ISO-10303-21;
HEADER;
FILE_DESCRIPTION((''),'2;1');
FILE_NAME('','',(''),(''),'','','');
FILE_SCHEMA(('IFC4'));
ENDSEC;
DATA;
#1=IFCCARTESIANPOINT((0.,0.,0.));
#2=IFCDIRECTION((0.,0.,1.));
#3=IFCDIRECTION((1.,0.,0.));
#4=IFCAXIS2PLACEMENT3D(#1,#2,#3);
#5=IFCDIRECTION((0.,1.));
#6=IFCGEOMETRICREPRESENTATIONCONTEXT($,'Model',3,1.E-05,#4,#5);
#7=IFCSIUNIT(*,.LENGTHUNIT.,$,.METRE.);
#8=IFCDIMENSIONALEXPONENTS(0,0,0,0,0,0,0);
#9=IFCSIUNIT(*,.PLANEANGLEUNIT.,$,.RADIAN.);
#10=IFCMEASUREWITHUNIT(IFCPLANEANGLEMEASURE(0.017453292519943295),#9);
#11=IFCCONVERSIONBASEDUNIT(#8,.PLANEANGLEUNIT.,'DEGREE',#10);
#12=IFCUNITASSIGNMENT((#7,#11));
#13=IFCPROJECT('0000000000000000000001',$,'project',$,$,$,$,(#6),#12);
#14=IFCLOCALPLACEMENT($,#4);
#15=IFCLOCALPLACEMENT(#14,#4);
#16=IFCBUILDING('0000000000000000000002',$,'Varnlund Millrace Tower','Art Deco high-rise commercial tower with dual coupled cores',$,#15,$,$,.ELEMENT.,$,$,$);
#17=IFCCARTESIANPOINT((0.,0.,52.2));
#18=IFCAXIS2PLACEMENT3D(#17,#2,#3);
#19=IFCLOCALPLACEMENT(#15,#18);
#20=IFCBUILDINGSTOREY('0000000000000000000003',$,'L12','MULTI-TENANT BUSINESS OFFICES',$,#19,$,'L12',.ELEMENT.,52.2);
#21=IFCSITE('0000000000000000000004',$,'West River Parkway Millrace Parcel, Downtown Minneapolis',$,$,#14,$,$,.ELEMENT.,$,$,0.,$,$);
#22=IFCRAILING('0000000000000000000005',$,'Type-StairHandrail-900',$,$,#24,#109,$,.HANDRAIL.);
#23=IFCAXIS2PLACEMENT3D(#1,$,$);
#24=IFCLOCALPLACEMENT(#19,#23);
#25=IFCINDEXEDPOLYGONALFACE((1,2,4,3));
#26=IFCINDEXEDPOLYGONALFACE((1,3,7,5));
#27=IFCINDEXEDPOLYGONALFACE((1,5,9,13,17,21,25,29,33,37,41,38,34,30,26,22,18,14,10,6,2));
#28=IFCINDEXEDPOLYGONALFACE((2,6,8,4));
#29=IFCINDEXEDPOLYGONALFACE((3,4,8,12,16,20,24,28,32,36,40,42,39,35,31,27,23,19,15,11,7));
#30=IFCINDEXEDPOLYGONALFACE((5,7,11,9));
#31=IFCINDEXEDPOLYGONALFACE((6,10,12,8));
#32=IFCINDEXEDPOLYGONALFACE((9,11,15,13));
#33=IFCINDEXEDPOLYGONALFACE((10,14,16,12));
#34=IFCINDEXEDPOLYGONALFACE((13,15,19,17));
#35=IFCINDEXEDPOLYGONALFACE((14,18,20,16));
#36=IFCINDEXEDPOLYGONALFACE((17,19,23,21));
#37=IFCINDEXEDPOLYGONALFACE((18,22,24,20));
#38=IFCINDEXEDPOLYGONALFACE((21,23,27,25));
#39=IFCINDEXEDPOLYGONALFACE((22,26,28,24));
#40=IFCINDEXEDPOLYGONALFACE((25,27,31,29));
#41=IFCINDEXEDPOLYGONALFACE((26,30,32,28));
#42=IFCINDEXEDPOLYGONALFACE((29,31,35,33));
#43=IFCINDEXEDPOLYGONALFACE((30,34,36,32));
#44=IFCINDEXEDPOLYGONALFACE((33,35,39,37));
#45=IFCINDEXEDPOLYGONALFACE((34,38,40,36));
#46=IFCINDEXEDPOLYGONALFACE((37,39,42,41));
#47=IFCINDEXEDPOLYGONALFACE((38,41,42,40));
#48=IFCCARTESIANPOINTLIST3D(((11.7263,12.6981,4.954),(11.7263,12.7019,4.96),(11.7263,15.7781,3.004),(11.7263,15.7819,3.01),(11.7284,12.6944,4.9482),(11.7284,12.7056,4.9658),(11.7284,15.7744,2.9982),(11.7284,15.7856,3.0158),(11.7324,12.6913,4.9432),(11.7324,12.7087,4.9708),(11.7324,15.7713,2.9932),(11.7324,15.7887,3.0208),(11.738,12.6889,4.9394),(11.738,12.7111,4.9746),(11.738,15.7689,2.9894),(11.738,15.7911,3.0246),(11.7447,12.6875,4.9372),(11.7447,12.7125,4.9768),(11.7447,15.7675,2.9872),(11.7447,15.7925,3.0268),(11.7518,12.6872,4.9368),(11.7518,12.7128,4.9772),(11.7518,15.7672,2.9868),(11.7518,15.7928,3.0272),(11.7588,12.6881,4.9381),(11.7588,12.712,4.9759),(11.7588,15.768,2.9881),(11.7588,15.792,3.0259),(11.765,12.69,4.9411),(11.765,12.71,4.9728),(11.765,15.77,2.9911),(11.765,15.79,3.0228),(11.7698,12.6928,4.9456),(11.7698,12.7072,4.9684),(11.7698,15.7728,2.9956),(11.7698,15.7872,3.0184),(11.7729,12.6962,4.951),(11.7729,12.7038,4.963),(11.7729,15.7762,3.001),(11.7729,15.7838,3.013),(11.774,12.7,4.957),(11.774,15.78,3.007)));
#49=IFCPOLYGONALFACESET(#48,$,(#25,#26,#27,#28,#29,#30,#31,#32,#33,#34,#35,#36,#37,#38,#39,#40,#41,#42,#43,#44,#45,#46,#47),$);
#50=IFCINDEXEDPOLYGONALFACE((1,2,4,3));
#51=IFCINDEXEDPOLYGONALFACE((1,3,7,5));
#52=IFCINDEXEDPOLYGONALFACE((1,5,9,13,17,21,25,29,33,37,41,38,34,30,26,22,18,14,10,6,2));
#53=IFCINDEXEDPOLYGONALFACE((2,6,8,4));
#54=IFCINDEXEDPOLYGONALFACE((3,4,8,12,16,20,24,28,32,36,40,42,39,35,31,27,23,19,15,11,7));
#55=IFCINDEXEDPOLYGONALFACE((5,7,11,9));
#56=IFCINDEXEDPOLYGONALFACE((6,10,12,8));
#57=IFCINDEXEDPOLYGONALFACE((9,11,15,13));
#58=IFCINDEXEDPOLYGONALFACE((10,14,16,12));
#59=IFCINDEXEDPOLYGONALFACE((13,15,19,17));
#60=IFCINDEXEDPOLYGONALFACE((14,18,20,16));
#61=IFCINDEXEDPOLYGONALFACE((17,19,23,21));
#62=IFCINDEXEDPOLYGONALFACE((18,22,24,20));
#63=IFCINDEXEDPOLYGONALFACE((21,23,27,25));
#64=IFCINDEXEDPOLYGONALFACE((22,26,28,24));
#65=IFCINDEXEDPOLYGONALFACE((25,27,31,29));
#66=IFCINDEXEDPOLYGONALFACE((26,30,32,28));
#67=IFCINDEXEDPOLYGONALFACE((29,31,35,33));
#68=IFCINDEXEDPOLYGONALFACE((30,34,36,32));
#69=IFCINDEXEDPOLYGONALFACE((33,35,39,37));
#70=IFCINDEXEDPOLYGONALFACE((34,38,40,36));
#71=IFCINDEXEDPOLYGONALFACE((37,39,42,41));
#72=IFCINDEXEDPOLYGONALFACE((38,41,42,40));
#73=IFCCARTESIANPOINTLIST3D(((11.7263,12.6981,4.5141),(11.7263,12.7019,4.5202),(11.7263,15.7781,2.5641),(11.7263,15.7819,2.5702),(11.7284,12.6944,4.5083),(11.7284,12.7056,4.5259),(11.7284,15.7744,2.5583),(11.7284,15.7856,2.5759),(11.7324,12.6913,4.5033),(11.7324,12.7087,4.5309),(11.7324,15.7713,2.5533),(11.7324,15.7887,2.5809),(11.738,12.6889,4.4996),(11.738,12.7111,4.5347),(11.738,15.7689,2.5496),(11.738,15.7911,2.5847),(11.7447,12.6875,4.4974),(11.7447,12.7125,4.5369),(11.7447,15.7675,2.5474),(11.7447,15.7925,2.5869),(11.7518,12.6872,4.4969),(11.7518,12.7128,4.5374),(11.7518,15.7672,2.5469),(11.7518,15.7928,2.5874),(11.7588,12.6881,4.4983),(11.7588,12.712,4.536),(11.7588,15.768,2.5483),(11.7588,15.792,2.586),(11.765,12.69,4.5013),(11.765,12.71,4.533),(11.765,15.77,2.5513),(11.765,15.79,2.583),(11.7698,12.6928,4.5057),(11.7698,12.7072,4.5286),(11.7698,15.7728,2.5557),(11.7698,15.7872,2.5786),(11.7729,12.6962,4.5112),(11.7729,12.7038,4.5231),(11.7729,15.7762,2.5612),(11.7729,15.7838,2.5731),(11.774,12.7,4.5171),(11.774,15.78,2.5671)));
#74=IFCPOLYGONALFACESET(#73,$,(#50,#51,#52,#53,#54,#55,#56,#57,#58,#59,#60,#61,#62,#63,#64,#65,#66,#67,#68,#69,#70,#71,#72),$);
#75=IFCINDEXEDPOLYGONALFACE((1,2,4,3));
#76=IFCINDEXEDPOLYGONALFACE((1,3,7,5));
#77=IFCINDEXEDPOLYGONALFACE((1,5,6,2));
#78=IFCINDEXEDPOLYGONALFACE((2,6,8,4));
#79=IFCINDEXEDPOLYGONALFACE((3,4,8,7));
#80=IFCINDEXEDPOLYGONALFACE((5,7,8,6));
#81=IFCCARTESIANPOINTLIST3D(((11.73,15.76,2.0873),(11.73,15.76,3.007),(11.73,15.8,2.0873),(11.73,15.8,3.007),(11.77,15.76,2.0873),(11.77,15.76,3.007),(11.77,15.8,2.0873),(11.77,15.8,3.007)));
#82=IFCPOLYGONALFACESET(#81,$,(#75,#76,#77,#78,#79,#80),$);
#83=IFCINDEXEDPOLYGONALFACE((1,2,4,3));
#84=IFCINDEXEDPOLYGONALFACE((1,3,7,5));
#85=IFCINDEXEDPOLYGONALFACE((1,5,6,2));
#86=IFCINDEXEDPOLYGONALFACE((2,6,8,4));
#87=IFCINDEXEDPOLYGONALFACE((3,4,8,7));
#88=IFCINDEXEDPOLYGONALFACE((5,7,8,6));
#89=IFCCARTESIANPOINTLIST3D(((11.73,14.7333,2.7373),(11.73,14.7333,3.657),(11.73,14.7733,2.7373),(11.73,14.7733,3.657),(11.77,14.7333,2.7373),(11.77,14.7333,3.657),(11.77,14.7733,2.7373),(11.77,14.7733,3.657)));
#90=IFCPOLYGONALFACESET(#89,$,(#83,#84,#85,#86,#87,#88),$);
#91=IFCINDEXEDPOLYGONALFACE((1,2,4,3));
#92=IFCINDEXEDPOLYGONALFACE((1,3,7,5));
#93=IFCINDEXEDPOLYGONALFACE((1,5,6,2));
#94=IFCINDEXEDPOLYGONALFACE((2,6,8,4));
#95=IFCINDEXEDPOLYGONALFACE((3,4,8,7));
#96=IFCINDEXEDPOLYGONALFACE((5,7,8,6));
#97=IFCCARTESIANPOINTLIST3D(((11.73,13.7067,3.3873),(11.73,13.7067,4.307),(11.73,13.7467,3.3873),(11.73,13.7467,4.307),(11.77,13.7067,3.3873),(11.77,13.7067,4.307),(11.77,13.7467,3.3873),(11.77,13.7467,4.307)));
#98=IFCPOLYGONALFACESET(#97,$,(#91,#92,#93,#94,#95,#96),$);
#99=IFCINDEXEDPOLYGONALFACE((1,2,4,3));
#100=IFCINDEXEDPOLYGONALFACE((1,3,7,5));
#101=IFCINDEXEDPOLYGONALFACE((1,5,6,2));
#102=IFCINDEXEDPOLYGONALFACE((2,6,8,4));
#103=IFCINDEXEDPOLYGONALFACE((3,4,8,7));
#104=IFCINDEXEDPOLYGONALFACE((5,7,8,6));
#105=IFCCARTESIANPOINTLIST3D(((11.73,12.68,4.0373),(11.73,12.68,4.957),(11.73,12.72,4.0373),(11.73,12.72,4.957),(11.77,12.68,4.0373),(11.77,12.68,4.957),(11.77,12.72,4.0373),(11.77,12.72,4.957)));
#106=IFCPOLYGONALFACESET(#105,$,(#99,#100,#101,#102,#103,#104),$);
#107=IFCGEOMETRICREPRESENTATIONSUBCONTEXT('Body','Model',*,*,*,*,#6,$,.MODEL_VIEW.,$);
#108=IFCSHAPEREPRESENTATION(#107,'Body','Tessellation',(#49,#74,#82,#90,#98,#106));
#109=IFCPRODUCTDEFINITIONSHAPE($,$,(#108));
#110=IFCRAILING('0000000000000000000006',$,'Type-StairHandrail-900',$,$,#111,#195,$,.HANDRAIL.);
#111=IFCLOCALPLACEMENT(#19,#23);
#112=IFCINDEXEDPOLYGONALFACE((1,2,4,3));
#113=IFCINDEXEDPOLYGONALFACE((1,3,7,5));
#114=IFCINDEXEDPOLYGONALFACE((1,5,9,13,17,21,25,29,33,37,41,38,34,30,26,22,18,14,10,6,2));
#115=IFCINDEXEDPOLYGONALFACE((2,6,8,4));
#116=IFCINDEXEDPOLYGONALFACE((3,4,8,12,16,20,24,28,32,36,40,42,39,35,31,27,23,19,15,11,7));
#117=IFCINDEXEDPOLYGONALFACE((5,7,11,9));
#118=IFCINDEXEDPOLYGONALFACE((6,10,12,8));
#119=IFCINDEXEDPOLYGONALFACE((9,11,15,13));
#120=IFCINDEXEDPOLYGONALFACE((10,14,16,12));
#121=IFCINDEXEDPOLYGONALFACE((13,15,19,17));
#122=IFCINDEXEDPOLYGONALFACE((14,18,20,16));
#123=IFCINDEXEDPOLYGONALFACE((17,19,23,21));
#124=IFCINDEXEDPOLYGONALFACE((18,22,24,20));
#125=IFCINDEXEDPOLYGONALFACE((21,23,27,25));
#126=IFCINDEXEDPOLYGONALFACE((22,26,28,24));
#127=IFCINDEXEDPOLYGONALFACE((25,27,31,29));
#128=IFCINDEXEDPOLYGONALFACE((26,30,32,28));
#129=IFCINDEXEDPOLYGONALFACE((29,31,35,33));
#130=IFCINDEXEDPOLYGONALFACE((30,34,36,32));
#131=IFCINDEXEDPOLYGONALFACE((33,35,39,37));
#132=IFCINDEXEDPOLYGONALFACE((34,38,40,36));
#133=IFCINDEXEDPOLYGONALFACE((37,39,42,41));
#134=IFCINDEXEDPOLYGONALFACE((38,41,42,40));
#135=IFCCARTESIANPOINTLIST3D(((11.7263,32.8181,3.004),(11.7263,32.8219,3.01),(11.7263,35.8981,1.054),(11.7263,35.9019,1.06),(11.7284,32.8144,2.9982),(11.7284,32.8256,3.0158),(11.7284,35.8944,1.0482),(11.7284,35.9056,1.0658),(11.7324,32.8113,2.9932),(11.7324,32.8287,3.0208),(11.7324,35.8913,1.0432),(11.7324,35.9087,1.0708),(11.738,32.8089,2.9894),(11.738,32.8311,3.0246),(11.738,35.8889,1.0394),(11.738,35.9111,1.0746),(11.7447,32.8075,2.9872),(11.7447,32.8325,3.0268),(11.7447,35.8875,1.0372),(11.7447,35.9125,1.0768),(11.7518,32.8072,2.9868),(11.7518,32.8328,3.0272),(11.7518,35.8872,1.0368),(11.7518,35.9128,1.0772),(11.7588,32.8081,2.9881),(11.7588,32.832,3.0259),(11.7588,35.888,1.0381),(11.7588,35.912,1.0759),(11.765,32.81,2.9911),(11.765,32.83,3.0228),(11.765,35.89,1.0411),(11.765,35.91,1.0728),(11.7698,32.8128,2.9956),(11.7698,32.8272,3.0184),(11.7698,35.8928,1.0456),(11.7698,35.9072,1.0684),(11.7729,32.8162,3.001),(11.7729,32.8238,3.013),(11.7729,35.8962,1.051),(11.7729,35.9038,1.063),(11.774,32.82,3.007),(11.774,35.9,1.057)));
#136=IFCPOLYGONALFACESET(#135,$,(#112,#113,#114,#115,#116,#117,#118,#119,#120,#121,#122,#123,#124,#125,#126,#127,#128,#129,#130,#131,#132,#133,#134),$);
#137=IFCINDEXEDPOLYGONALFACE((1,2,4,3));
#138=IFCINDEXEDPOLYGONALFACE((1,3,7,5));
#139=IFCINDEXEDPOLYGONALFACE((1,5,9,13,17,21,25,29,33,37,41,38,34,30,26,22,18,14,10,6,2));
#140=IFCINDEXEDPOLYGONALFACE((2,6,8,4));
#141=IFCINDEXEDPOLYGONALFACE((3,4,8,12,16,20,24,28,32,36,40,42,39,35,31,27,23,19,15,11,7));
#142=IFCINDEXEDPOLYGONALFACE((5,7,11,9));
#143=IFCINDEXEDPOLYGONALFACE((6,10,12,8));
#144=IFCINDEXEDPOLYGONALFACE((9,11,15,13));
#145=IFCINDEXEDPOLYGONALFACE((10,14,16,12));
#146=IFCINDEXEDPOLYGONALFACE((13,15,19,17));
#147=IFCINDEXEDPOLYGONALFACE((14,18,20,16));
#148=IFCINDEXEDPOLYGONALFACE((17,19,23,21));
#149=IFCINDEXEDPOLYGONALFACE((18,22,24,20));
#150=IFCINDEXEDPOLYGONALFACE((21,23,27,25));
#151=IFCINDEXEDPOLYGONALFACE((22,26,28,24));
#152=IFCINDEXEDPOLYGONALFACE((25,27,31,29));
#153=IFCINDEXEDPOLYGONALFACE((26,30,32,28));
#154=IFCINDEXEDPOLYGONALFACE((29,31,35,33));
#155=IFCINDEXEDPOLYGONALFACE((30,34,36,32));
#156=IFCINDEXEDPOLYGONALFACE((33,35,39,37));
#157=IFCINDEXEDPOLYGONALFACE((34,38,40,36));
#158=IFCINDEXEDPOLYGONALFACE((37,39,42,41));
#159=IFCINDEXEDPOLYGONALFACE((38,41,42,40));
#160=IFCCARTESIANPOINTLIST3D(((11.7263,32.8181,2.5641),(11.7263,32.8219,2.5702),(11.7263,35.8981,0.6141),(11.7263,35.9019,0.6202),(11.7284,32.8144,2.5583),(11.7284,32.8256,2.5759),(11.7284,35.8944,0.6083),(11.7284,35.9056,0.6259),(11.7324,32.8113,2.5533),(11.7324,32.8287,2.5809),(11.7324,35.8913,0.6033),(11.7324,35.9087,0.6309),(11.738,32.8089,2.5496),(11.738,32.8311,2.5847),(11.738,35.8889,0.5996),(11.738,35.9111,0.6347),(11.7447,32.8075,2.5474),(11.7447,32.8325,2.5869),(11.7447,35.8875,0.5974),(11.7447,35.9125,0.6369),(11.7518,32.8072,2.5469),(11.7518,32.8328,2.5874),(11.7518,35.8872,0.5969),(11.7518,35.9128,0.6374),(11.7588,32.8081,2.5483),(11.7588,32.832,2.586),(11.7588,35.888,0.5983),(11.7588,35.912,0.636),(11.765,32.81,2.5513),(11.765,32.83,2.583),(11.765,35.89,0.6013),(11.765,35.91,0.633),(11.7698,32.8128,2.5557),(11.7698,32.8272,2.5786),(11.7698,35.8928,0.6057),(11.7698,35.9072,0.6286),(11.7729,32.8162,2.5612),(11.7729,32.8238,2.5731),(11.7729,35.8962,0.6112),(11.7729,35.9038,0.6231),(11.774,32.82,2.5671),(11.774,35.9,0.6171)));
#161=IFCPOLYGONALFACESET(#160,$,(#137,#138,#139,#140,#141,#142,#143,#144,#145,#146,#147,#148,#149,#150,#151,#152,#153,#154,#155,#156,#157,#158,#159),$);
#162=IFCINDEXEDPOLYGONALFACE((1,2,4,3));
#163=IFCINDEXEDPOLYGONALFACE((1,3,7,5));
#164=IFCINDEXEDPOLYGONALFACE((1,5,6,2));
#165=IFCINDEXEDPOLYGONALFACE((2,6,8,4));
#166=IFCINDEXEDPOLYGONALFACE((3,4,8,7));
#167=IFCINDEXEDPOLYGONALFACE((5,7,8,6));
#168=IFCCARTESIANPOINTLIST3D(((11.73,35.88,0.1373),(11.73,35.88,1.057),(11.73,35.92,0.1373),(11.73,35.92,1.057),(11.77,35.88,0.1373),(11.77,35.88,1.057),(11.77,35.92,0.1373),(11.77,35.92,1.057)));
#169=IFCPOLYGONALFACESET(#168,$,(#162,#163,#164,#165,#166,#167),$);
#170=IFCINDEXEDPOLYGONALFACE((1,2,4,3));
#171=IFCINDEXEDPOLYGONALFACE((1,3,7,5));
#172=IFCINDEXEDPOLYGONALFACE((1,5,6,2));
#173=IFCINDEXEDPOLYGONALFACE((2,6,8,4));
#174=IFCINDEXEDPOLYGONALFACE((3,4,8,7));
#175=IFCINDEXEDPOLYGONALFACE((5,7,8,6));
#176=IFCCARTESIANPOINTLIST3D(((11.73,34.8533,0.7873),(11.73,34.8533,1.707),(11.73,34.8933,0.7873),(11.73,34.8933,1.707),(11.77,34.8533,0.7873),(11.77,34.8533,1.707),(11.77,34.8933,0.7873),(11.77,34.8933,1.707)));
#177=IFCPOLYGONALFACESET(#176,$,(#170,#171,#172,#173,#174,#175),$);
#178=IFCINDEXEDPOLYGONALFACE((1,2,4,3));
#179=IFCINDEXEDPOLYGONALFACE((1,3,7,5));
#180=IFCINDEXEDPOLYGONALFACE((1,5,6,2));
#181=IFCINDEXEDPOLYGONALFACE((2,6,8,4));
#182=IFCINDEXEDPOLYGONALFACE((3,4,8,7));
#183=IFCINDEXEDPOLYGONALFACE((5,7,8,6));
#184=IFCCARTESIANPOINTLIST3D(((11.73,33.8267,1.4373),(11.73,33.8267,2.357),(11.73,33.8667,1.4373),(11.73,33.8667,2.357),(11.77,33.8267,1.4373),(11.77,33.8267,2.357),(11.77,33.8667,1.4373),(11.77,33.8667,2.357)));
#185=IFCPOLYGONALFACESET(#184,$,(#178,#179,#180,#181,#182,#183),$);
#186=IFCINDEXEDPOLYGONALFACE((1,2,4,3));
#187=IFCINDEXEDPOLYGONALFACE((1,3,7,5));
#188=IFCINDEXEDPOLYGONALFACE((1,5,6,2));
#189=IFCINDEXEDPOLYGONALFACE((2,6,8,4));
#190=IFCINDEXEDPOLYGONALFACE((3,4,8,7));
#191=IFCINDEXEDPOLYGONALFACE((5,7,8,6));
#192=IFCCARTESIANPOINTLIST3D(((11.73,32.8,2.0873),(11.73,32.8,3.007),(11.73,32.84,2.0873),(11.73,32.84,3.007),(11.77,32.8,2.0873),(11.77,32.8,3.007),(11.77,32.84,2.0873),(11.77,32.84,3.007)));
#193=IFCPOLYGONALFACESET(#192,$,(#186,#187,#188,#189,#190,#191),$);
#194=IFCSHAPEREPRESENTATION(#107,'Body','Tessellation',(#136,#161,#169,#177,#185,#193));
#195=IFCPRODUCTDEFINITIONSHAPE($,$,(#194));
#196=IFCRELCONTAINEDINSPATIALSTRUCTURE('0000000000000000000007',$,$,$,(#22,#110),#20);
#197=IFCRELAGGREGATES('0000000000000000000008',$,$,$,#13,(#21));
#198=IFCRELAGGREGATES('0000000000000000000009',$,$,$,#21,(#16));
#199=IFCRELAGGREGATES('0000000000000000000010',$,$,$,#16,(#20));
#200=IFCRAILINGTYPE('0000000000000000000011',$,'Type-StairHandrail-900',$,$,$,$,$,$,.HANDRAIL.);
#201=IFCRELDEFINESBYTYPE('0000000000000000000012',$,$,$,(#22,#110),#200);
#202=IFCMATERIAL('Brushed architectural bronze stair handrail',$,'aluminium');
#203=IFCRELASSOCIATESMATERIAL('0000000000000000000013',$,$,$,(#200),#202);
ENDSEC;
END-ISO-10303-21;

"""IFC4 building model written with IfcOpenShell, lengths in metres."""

from ifc_helpers import new_model, entity, si_unit, converted_unit, direction, frame, origin_with_axes, origin_2d_with_axis, place, context, subcontext, project, spatial, rectangle, circle, extrude, material, type_object, element, save


model = new_model("IFC4")

# Units and contexts
model_context = context("Model", 3, precision=1e-05, world=origin_with_axes(), true_north=direction((0.0, 1.0)))
body_context = subcontext(model_context, "Body", "Model", "MODEL_VIEW")
ifc_project = project(units=[si_unit("LENGTHUNIT", "METRE"), converted_unit("PLANEANGLEUNIT", "DEGREE", entity("IfcPlaneAngleMeasure", 0.017453292519943295), si_unit("PLANEANGLEUNIT", "RADIAN"), dimensions=[0, 0, 0, 0, 0, 0, 0])], contexts=[model_context])

# Site, building, storey
site_placement = place(None, origin_with_axes())
site = spatial("IfcSite", under=ifc_project, at=site_placement, Name="West River Parkway Millrace Parcel, Downtown Minneapolis", CompositionType="ELEMENT", RefElevation=0.0)
building_placement = place(site_placement, origin_with_axes())
building = spatial("IfcBuilding", under=site, at=building_placement, Name="Varnlund Millrace Tower", Description="Art Deco high-rise commercial tower with dual coupled cores", CompositionType="ELEMENT")
storey_placement = place(building_placement, frame((0.0, 0.0, 52.2), z_axis=(0.0, 0.0, 1.0), x_axis=(1.0, 0.0, 0.0)))
storey = spatial("IfcBuildingStorey", under=building, at=storey_placement, Name="L12", Description="MULTI-TENANT BUSINESS OFFICES", LongName="L12", CompositionType="ELEMENT", Elevation=52.2)

# Railings
ifc_material_1 = material(Name="Brushed architectural bronze stair handrail", Category="aluminium")
railing_type_1 = type_object("IfcRailingType", Name="Type-StairHandrail-900", PredefinedType="HANDRAIL", material=ifc_material_1)
railing_1_placement = place(storey_placement, frame((0.0, 0.0, -52.2), z_axis=(0.0, 0.0, 1.0), x_axis=(1.0, 0.0, 0.0)))
element("IfcRailing", 1, at=railing_1_placement, inside=storey, type_object=railing_type_1, Name="Type-StairHandrail-900", PredefinedType="HANDRAIL", context=body_context, shape_type="SweptSolid", body=[
    extrude(circle(Radius=0.024, at=origin_2d_with_axis()), frame((11.75, 15.78, 55.207), z_axis=(0.0, -0.844902, 0.534922), x_axis=(1.0, 0.0, 0.0)), (0.0, 0.0, 1.0), 3.6454),
    extrude(circle(Radius=0.024, at=origin_2d_with_axis()), frame((11.75, 15.78, 54.7671), z_axis=(0.0, -0.844902, 0.534922), x_axis=(1.0, 0.0, 0.0)), (0.0, 0.0, 1.0), 3.6454),
    extrude(rectangle(XDim=0.04, YDim=0.04, at=origin_2d_with_axis()), frame((11.75, 15.78, 54.2873), z_axis=(0.0, 0.0, 1.0), x_axis=(1.0, 0.0, 0.0)), (0.0, 0.0, 1.0), 0.9197),
    extrude(rectangle(XDim=0.04, YDim=0.04, at=origin_2d_with_axis()), frame((11.75, 14.7533, 54.9373), z_axis=(0.0, 0.0, 1.0), x_axis=(1.0, 0.0, 0.0)), (0.0, 0.0, 1.0), 0.9197),
    extrude(rectangle(XDim=0.04, YDim=0.04, at=origin_2d_with_axis()), frame((11.75, 13.7267, 55.5873), z_axis=(0.0, 0.0, 1.0), x_axis=(1.0, 0.0, 0.0)), (0.0, 0.0, 1.0), 0.9197),
    extrude(rectangle(XDim=0.04, YDim=0.04, at=origin_2d_with_axis()), frame((11.75, 12.7, 56.2373), z_axis=(0.0, 0.0, 1.0), x_axis=(1.0, 0.0, 0.0)), (0.0, 0.0, 1.0), 0.9197),
])
railing_2_placement = place(storey_placement, frame((0.0, 0.0, -52.2), z_axis=(0.0, 0.0, 1.0), x_axis=(1.0, 0.0, 0.0)))
element("IfcRailing", 2, at=railing_2_placement, inside=storey, type_object=railing_type_1, Name="Type-StairHandrail-900", PredefinedType="HANDRAIL", context=body_context, shape_type="SweptSolid", body=[
    extrude(circle(Radius=0.024, at=origin_2d_with_axis()), frame((11.75, 35.9, 53.257), z_axis=(0.0, -0.844902, 0.534922), x_axis=(1.0, 0.0, 0.0)), (0.0, 0.0, 1.0), 3.6454),
    extrude(circle(Radius=0.024, at=origin_2d_with_axis()), frame((11.75, 35.9, 52.8171), z_axis=(0.0, -0.844902, 0.534922), x_axis=(1.0, 0.0, 0.0)), (0.0, 0.0, 1.0), 3.6454),
    extrude(rectangle(XDim=0.04, YDim=0.04, at=origin_2d_with_axis()), frame((11.75, 35.9, 52.3373), z_axis=(0.0, 0.0, 1.0), x_axis=(1.0, 0.0, 0.0)), (0.0, 0.0, 1.0), 0.9197),
    extrude(rectangle(XDim=0.04, YDim=0.04, at=origin_2d_with_axis()), frame((11.75, 34.8733, 52.9873), z_axis=(0.0, 0.0, 1.0), x_axis=(1.0, 0.0, 0.0)), (0.0, 0.0, 1.0), 0.9197),
    extrude(rectangle(XDim=0.04, YDim=0.04, at=origin_2d_with_axis()), frame((11.75, 33.8467, 53.6373), z_axis=(0.0, 0.0, 1.0), x_axis=(1.0, 0.0, 0.0)), (0.0, 0.0, 1.0), 0.9197),
    extrude(rectangle(XDim=0.04, YDim=0.04, at=origin_2d_with_axis()), frame((11.75, 32.82, 54.2873), z_axis=(0.0, 0.0, 1.0), x_axis=(1.0, 0.0, 0.0)), (0.0, 0.0, 1.0), 0.9197),
])

save(model, "model.ifc")
